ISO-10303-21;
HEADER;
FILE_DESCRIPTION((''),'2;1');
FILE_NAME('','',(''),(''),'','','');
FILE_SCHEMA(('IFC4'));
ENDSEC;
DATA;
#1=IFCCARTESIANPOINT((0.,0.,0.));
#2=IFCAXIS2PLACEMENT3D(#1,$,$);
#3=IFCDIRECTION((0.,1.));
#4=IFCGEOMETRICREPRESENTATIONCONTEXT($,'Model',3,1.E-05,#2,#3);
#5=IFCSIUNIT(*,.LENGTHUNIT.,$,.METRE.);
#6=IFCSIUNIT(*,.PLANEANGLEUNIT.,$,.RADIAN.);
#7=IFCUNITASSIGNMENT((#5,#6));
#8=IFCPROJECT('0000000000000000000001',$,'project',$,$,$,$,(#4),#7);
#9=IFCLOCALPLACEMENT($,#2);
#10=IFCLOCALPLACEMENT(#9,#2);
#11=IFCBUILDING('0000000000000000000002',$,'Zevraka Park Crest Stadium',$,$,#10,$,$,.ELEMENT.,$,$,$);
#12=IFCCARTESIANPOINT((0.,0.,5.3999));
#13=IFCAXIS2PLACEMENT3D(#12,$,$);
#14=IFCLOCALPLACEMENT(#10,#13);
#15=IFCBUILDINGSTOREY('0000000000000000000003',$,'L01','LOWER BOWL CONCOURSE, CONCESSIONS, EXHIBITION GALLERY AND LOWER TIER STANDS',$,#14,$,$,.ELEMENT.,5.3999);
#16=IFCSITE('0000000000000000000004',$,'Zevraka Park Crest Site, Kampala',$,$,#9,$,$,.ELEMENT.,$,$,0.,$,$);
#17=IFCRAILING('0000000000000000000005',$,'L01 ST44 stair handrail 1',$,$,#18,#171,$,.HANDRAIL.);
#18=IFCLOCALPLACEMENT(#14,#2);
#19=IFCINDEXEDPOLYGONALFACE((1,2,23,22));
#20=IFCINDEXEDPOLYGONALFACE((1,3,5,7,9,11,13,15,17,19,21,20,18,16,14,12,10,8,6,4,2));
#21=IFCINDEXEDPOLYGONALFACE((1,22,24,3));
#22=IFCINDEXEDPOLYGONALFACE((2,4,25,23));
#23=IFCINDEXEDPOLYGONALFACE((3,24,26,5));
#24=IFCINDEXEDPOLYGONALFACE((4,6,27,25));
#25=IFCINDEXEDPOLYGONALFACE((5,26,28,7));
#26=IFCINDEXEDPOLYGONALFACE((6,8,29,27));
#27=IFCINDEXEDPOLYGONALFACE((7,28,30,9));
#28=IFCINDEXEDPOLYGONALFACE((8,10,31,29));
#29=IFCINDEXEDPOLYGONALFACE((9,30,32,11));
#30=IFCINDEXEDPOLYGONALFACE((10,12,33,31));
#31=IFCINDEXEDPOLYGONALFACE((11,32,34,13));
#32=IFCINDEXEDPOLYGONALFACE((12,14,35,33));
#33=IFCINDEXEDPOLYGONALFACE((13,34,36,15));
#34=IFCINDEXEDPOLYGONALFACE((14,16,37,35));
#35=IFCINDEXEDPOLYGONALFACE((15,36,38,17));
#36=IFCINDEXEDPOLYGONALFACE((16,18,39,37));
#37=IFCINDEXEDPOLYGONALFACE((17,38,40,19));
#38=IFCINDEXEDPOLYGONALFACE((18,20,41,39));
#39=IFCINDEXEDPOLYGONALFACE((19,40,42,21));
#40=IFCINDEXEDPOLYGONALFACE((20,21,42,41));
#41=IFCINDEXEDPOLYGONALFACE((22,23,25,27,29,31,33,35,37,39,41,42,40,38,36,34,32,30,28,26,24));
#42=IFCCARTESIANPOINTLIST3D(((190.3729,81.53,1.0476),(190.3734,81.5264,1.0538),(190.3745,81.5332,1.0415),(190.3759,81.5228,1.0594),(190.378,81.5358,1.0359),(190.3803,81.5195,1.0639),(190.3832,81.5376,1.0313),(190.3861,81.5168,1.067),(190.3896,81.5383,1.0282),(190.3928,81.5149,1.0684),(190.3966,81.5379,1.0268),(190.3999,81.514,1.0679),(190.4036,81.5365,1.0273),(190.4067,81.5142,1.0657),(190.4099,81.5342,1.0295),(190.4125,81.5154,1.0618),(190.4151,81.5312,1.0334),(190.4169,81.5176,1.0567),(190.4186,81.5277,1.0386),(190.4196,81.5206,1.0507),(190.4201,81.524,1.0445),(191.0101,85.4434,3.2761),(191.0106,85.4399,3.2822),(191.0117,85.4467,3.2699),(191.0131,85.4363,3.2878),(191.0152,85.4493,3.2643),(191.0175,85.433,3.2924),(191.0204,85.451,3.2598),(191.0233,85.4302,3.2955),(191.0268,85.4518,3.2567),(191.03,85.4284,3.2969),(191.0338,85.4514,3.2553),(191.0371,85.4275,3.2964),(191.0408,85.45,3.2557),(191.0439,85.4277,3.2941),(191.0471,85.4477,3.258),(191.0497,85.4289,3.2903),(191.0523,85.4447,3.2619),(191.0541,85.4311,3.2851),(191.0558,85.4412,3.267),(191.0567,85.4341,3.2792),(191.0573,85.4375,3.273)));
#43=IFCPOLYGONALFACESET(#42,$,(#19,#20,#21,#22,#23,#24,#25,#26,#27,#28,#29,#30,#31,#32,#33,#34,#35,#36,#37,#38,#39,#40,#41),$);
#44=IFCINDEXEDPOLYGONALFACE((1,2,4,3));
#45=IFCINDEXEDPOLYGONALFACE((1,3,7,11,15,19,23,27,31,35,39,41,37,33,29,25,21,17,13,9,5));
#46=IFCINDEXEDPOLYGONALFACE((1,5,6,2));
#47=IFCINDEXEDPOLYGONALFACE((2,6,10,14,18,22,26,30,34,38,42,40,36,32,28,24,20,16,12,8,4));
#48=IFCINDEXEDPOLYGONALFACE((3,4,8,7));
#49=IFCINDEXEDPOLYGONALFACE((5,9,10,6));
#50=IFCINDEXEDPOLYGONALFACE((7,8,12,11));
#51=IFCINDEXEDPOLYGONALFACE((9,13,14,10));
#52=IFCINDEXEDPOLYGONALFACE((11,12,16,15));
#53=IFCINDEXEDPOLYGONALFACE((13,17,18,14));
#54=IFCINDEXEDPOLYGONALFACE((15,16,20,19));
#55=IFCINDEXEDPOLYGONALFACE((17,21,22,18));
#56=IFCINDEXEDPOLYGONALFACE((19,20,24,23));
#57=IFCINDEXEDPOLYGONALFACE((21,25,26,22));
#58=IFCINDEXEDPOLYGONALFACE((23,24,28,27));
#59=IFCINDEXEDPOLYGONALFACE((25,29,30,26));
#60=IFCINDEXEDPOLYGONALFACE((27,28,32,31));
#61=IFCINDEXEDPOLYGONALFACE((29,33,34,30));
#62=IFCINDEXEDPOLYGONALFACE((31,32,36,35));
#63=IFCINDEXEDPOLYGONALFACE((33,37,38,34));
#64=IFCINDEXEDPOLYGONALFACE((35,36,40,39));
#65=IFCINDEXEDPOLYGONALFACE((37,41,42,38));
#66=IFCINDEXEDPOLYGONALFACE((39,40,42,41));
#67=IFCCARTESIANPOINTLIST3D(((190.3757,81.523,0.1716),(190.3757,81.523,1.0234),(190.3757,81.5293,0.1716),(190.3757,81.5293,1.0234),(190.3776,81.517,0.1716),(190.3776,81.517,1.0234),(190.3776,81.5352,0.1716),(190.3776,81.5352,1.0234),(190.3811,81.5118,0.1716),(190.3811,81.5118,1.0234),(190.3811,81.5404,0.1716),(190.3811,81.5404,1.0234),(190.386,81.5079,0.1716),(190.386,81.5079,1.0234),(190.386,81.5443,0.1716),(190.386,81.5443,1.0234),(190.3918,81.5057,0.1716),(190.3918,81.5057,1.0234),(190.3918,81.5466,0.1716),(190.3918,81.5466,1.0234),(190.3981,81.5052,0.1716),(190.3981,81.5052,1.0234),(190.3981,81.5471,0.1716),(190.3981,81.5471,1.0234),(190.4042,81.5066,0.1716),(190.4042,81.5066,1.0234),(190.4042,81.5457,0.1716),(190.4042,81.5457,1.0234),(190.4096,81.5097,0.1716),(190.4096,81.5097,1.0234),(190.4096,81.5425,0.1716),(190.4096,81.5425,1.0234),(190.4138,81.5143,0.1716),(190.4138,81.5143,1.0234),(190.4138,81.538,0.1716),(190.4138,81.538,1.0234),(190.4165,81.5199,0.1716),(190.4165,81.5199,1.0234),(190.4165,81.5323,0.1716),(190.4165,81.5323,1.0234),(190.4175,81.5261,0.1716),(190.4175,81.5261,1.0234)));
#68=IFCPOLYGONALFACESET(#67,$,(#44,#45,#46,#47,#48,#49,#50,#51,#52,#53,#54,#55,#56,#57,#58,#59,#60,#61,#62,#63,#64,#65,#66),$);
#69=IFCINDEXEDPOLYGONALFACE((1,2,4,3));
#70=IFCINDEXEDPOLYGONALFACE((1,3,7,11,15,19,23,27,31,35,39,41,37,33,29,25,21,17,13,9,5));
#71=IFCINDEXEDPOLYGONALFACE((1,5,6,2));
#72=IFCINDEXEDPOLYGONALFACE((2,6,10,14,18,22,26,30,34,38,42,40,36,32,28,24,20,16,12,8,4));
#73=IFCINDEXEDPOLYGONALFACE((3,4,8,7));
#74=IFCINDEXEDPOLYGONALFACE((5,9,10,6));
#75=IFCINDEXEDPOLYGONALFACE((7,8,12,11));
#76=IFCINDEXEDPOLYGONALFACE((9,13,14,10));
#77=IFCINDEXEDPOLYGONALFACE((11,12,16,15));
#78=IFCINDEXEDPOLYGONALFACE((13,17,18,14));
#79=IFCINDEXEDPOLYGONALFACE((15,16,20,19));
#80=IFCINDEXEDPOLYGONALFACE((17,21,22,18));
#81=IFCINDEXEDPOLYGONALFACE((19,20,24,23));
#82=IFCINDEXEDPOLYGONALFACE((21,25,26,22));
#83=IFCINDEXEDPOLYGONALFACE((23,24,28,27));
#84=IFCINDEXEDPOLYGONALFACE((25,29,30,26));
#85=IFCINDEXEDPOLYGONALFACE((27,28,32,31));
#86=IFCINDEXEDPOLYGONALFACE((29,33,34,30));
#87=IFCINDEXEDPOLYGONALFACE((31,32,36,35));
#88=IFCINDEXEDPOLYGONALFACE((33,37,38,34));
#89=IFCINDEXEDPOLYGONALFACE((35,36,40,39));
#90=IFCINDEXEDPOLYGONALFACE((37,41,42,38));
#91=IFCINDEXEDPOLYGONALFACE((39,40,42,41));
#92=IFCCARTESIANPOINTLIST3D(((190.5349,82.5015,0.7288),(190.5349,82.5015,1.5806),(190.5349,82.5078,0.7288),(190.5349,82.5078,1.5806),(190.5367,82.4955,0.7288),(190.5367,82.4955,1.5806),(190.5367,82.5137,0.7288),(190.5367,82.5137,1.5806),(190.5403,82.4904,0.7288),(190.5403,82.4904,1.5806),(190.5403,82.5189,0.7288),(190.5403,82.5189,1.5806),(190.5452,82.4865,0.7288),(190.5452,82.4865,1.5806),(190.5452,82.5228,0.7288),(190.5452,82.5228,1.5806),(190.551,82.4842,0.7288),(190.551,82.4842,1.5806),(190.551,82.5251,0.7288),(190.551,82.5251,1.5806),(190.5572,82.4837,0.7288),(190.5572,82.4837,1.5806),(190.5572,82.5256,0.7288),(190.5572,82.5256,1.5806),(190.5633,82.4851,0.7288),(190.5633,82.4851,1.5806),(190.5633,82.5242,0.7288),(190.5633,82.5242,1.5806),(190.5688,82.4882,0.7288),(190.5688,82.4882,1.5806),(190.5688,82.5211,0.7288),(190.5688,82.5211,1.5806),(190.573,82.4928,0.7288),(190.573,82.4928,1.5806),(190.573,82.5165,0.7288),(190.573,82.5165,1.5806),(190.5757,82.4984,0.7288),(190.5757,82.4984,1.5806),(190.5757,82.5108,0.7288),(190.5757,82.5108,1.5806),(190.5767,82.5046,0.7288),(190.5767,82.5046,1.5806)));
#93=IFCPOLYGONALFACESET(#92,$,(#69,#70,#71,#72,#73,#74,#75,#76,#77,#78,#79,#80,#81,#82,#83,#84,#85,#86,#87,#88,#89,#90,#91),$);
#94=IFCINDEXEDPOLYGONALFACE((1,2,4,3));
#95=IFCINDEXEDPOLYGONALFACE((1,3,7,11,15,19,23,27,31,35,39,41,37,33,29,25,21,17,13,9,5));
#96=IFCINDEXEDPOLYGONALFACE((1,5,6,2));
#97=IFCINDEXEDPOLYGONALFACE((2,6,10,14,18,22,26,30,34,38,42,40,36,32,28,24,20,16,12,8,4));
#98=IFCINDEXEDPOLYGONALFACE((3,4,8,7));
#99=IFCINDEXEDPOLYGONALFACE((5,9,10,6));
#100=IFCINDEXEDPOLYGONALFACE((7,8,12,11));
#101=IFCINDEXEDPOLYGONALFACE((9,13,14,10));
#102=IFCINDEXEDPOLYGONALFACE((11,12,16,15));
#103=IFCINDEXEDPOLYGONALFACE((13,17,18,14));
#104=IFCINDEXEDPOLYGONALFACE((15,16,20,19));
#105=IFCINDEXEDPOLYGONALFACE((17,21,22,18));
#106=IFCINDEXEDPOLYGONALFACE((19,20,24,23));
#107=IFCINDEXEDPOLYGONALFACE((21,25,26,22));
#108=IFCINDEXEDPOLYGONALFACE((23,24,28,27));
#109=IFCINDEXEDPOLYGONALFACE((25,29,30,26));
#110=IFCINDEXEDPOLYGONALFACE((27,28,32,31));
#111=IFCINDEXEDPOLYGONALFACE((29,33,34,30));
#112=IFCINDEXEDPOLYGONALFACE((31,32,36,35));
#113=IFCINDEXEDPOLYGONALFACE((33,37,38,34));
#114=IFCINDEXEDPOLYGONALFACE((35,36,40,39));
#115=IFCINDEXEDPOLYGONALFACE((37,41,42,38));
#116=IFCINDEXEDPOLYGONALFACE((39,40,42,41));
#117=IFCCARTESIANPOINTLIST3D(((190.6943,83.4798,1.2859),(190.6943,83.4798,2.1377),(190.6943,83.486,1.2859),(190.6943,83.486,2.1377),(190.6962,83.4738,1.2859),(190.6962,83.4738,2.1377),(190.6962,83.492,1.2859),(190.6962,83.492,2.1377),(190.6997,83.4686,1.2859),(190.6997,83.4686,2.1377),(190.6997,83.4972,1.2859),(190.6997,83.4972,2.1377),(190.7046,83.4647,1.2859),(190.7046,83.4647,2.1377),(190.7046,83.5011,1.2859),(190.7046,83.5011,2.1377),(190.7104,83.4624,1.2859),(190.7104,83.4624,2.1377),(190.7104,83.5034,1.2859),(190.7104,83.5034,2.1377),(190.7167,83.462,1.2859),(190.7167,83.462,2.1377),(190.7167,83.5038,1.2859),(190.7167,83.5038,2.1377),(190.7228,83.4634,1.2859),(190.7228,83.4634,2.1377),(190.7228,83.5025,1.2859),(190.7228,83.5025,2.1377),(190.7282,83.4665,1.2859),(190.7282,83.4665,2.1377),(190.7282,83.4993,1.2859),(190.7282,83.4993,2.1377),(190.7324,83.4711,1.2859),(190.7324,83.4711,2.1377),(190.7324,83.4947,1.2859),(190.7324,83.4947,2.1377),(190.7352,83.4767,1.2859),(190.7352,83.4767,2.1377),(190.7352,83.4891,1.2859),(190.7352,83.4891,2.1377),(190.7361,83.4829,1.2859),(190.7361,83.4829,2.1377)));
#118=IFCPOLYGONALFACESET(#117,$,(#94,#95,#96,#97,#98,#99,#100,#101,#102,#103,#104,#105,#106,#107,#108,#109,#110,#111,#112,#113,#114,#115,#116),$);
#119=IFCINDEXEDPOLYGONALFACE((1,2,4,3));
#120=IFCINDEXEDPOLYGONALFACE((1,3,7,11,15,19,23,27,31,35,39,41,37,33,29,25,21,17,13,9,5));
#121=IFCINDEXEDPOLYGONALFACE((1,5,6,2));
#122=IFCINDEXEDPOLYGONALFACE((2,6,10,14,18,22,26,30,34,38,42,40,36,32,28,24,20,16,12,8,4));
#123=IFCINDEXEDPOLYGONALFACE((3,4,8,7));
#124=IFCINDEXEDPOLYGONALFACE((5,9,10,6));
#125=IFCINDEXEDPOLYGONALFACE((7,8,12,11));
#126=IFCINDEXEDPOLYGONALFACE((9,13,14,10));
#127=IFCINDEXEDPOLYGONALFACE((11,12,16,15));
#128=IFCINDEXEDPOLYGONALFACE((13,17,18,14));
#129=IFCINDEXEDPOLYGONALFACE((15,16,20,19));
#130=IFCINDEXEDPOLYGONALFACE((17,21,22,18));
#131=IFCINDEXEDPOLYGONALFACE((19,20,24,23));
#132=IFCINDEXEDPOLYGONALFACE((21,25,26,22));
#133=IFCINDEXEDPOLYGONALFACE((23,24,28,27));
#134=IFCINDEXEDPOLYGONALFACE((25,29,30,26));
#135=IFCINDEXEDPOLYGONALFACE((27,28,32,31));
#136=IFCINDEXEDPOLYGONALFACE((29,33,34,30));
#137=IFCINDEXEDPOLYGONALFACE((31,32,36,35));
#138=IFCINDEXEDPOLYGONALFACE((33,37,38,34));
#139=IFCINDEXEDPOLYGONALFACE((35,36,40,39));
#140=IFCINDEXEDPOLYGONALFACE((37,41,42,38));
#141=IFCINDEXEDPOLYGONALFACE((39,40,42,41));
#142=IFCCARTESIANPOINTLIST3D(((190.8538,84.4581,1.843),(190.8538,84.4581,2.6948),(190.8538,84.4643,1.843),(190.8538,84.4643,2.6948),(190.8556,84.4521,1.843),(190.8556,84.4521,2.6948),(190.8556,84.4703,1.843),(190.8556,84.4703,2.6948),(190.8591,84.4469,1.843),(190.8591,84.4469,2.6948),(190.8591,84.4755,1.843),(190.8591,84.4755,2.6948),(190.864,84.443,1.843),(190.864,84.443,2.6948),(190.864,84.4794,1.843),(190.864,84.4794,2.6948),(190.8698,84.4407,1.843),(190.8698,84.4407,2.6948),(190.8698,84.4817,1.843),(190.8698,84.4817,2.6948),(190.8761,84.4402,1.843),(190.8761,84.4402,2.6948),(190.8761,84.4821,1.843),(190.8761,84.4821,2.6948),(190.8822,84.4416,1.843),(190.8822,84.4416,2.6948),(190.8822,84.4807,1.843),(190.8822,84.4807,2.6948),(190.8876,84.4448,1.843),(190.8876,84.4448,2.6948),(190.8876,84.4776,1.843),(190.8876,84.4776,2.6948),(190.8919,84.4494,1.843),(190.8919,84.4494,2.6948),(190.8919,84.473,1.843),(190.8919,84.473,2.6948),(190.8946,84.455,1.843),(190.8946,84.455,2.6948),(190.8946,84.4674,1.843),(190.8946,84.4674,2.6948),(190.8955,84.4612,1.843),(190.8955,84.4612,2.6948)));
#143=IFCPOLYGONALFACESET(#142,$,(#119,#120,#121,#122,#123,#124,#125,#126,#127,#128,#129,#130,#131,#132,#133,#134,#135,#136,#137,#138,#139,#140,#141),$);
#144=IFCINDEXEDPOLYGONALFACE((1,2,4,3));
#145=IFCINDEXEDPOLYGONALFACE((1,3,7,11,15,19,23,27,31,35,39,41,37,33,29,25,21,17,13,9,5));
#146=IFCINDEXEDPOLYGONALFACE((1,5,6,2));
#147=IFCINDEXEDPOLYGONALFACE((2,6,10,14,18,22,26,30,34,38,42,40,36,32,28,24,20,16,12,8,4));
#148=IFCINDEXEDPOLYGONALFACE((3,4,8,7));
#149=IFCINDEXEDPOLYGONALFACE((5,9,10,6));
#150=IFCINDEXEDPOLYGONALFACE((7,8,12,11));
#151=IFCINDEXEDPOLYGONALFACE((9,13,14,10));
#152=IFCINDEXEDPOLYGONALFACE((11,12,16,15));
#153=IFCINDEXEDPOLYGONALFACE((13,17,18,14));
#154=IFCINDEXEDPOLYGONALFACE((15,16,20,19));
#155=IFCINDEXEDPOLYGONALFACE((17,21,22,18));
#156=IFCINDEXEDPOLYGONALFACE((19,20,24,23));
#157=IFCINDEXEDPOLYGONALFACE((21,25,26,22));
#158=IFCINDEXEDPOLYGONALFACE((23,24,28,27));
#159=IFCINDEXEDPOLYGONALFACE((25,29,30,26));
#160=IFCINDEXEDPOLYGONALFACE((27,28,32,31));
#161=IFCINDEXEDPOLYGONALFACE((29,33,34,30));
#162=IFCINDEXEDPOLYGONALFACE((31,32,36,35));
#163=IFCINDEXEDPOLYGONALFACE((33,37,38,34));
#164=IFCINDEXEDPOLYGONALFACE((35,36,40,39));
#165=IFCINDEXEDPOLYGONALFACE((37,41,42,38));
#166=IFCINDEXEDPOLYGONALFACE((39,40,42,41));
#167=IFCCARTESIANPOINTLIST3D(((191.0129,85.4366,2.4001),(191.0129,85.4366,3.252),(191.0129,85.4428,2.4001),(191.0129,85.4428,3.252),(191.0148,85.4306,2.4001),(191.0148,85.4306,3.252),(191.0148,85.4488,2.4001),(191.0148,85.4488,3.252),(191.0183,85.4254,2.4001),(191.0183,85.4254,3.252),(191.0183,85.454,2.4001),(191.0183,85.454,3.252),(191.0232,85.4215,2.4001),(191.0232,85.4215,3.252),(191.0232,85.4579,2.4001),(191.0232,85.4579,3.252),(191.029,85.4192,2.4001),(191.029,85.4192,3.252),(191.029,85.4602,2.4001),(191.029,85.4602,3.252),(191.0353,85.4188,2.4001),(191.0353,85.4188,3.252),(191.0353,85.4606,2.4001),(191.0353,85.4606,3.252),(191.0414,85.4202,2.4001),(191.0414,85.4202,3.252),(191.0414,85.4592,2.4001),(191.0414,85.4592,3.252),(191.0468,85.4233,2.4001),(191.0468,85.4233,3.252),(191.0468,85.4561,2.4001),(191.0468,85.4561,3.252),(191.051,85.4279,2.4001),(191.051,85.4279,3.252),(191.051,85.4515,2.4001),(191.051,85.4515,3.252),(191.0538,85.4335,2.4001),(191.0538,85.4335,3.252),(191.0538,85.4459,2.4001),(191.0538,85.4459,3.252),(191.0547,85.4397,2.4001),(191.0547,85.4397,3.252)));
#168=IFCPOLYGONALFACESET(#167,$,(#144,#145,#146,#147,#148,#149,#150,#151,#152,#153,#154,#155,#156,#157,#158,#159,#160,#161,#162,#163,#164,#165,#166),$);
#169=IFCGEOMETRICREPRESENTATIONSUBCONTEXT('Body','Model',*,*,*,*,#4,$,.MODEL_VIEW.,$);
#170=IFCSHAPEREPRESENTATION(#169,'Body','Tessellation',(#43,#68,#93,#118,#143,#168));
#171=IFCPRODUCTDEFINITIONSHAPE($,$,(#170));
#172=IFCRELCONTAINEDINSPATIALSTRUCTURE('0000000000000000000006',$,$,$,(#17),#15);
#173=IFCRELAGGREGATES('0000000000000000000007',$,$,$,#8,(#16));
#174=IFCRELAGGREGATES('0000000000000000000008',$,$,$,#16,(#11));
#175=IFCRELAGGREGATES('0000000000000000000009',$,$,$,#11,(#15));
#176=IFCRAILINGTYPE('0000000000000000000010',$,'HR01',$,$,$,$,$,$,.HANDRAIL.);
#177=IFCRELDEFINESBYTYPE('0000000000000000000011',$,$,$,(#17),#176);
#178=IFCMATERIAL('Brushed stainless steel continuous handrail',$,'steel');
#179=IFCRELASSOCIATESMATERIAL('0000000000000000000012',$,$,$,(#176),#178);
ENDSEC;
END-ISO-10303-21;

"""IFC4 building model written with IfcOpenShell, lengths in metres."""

from ifc_helpers import new_model, si_unit, direction, frame, origin, origin_2d, place, context, subcontext, project, spatial, circle, extrude, material, type_object, element, save


model = new_model("IFC4")

# Units and contexts
model_context = context("Model", 3, precision=1e-05, world=origin(), true_north=direction((0.0, 1.0)))
body_context = subcontext(model_context, "Body", "Model", "MODEL_VIEW")
ifc_project = project(units=[si_unit("LENGTHUNIT", "METRE"), si_unit("PLANEANGLEUNIT", "RADIAN")], contexts=[model_context])

# Site, building, storey
site_placement = place(None, origin())
site = spatial("IfcSite", under=ifc_project, at=site_placement, Name="Zevraka Park Crest Site, Kampala", CompositionType="ELEMENT", RefElevation=0.0)
building_placement = place(site_placement, origin())
building = spatial("IfcBuilding", under=site, at=building_placement, Name="Zevraka Park Crest Stadium", CompositionType="ELEMENT")
storey_placement = place(building_placement, frame((0.0, 0.0, 5.3999)))
storey = spatial("IfcBuildingStorey", under=building, at=storey_placement, Name="L01", Description="LOWER BOWL CONCOURSE, CONCESSIONS, EXHIBITION GALLERY AND LOWER TIER STANDS", CompositionType="ELEMENT", Elevation=5.3999)

# Railing
ifc_material_1 = material(Name="Brushed stainless steel continuous handrail", Category="steel")
railing_type_1 = type_object("IfcRailingType", Name="HR01", PredefinedType="HANDRAIL", material=ifc_material_1)
railing_1_placement = place(storey_placement, frame((190.3965, 81.5261, 0.1716)))
element("IfcRailing", 1, at=railing_1_placement, inside=storey, type_object=railing_type_1, Name="L01 ST44 stair handrail 1", PredefinedType="HANDRAIL", context=body_context, shape_type="SweptSolid", body=[
    extrude(circle(Radius=0.0239, at=origin_2d()), frame((0.0, 0.0, 0.876), z_axis=(0.140093, 0.86042, 0.489951), x_axis=(-0.987003, 0.160704, 0.0)), (0.0, 0.0, 1.0), 4.5483),
    extrude(circle(Radius=0.021, at=origin_2d()), origin(), (0.0, 0.0, 1.0), 0.8518),
    extrude(circle(Radius=0.021, at=origin_2d()), frame((0.1592, 0.9785, 0.5571)), (0.0, 0.0, 1.0), 0.8518),
    extrude(circle(Radius=0.021, at=origin_2d()), frame((0.3186, 1.9568, 1.1143)), (0.0, 0.0, 1.0), 0.8518),
    extrude(circle(Radius=0.021, at=origin_2d()), frame((0.478, 2.9351, 1.6714)), (0.0, 0.0, 1.0), 0.8518),
    extrude(circle(Radius=0.021, at=origin_2d()), frame((0.6372, 3.9136, 2.2285)), (0.0, 0.0, 1.0), 0.8518),
])

save(model, "model.ifc")
